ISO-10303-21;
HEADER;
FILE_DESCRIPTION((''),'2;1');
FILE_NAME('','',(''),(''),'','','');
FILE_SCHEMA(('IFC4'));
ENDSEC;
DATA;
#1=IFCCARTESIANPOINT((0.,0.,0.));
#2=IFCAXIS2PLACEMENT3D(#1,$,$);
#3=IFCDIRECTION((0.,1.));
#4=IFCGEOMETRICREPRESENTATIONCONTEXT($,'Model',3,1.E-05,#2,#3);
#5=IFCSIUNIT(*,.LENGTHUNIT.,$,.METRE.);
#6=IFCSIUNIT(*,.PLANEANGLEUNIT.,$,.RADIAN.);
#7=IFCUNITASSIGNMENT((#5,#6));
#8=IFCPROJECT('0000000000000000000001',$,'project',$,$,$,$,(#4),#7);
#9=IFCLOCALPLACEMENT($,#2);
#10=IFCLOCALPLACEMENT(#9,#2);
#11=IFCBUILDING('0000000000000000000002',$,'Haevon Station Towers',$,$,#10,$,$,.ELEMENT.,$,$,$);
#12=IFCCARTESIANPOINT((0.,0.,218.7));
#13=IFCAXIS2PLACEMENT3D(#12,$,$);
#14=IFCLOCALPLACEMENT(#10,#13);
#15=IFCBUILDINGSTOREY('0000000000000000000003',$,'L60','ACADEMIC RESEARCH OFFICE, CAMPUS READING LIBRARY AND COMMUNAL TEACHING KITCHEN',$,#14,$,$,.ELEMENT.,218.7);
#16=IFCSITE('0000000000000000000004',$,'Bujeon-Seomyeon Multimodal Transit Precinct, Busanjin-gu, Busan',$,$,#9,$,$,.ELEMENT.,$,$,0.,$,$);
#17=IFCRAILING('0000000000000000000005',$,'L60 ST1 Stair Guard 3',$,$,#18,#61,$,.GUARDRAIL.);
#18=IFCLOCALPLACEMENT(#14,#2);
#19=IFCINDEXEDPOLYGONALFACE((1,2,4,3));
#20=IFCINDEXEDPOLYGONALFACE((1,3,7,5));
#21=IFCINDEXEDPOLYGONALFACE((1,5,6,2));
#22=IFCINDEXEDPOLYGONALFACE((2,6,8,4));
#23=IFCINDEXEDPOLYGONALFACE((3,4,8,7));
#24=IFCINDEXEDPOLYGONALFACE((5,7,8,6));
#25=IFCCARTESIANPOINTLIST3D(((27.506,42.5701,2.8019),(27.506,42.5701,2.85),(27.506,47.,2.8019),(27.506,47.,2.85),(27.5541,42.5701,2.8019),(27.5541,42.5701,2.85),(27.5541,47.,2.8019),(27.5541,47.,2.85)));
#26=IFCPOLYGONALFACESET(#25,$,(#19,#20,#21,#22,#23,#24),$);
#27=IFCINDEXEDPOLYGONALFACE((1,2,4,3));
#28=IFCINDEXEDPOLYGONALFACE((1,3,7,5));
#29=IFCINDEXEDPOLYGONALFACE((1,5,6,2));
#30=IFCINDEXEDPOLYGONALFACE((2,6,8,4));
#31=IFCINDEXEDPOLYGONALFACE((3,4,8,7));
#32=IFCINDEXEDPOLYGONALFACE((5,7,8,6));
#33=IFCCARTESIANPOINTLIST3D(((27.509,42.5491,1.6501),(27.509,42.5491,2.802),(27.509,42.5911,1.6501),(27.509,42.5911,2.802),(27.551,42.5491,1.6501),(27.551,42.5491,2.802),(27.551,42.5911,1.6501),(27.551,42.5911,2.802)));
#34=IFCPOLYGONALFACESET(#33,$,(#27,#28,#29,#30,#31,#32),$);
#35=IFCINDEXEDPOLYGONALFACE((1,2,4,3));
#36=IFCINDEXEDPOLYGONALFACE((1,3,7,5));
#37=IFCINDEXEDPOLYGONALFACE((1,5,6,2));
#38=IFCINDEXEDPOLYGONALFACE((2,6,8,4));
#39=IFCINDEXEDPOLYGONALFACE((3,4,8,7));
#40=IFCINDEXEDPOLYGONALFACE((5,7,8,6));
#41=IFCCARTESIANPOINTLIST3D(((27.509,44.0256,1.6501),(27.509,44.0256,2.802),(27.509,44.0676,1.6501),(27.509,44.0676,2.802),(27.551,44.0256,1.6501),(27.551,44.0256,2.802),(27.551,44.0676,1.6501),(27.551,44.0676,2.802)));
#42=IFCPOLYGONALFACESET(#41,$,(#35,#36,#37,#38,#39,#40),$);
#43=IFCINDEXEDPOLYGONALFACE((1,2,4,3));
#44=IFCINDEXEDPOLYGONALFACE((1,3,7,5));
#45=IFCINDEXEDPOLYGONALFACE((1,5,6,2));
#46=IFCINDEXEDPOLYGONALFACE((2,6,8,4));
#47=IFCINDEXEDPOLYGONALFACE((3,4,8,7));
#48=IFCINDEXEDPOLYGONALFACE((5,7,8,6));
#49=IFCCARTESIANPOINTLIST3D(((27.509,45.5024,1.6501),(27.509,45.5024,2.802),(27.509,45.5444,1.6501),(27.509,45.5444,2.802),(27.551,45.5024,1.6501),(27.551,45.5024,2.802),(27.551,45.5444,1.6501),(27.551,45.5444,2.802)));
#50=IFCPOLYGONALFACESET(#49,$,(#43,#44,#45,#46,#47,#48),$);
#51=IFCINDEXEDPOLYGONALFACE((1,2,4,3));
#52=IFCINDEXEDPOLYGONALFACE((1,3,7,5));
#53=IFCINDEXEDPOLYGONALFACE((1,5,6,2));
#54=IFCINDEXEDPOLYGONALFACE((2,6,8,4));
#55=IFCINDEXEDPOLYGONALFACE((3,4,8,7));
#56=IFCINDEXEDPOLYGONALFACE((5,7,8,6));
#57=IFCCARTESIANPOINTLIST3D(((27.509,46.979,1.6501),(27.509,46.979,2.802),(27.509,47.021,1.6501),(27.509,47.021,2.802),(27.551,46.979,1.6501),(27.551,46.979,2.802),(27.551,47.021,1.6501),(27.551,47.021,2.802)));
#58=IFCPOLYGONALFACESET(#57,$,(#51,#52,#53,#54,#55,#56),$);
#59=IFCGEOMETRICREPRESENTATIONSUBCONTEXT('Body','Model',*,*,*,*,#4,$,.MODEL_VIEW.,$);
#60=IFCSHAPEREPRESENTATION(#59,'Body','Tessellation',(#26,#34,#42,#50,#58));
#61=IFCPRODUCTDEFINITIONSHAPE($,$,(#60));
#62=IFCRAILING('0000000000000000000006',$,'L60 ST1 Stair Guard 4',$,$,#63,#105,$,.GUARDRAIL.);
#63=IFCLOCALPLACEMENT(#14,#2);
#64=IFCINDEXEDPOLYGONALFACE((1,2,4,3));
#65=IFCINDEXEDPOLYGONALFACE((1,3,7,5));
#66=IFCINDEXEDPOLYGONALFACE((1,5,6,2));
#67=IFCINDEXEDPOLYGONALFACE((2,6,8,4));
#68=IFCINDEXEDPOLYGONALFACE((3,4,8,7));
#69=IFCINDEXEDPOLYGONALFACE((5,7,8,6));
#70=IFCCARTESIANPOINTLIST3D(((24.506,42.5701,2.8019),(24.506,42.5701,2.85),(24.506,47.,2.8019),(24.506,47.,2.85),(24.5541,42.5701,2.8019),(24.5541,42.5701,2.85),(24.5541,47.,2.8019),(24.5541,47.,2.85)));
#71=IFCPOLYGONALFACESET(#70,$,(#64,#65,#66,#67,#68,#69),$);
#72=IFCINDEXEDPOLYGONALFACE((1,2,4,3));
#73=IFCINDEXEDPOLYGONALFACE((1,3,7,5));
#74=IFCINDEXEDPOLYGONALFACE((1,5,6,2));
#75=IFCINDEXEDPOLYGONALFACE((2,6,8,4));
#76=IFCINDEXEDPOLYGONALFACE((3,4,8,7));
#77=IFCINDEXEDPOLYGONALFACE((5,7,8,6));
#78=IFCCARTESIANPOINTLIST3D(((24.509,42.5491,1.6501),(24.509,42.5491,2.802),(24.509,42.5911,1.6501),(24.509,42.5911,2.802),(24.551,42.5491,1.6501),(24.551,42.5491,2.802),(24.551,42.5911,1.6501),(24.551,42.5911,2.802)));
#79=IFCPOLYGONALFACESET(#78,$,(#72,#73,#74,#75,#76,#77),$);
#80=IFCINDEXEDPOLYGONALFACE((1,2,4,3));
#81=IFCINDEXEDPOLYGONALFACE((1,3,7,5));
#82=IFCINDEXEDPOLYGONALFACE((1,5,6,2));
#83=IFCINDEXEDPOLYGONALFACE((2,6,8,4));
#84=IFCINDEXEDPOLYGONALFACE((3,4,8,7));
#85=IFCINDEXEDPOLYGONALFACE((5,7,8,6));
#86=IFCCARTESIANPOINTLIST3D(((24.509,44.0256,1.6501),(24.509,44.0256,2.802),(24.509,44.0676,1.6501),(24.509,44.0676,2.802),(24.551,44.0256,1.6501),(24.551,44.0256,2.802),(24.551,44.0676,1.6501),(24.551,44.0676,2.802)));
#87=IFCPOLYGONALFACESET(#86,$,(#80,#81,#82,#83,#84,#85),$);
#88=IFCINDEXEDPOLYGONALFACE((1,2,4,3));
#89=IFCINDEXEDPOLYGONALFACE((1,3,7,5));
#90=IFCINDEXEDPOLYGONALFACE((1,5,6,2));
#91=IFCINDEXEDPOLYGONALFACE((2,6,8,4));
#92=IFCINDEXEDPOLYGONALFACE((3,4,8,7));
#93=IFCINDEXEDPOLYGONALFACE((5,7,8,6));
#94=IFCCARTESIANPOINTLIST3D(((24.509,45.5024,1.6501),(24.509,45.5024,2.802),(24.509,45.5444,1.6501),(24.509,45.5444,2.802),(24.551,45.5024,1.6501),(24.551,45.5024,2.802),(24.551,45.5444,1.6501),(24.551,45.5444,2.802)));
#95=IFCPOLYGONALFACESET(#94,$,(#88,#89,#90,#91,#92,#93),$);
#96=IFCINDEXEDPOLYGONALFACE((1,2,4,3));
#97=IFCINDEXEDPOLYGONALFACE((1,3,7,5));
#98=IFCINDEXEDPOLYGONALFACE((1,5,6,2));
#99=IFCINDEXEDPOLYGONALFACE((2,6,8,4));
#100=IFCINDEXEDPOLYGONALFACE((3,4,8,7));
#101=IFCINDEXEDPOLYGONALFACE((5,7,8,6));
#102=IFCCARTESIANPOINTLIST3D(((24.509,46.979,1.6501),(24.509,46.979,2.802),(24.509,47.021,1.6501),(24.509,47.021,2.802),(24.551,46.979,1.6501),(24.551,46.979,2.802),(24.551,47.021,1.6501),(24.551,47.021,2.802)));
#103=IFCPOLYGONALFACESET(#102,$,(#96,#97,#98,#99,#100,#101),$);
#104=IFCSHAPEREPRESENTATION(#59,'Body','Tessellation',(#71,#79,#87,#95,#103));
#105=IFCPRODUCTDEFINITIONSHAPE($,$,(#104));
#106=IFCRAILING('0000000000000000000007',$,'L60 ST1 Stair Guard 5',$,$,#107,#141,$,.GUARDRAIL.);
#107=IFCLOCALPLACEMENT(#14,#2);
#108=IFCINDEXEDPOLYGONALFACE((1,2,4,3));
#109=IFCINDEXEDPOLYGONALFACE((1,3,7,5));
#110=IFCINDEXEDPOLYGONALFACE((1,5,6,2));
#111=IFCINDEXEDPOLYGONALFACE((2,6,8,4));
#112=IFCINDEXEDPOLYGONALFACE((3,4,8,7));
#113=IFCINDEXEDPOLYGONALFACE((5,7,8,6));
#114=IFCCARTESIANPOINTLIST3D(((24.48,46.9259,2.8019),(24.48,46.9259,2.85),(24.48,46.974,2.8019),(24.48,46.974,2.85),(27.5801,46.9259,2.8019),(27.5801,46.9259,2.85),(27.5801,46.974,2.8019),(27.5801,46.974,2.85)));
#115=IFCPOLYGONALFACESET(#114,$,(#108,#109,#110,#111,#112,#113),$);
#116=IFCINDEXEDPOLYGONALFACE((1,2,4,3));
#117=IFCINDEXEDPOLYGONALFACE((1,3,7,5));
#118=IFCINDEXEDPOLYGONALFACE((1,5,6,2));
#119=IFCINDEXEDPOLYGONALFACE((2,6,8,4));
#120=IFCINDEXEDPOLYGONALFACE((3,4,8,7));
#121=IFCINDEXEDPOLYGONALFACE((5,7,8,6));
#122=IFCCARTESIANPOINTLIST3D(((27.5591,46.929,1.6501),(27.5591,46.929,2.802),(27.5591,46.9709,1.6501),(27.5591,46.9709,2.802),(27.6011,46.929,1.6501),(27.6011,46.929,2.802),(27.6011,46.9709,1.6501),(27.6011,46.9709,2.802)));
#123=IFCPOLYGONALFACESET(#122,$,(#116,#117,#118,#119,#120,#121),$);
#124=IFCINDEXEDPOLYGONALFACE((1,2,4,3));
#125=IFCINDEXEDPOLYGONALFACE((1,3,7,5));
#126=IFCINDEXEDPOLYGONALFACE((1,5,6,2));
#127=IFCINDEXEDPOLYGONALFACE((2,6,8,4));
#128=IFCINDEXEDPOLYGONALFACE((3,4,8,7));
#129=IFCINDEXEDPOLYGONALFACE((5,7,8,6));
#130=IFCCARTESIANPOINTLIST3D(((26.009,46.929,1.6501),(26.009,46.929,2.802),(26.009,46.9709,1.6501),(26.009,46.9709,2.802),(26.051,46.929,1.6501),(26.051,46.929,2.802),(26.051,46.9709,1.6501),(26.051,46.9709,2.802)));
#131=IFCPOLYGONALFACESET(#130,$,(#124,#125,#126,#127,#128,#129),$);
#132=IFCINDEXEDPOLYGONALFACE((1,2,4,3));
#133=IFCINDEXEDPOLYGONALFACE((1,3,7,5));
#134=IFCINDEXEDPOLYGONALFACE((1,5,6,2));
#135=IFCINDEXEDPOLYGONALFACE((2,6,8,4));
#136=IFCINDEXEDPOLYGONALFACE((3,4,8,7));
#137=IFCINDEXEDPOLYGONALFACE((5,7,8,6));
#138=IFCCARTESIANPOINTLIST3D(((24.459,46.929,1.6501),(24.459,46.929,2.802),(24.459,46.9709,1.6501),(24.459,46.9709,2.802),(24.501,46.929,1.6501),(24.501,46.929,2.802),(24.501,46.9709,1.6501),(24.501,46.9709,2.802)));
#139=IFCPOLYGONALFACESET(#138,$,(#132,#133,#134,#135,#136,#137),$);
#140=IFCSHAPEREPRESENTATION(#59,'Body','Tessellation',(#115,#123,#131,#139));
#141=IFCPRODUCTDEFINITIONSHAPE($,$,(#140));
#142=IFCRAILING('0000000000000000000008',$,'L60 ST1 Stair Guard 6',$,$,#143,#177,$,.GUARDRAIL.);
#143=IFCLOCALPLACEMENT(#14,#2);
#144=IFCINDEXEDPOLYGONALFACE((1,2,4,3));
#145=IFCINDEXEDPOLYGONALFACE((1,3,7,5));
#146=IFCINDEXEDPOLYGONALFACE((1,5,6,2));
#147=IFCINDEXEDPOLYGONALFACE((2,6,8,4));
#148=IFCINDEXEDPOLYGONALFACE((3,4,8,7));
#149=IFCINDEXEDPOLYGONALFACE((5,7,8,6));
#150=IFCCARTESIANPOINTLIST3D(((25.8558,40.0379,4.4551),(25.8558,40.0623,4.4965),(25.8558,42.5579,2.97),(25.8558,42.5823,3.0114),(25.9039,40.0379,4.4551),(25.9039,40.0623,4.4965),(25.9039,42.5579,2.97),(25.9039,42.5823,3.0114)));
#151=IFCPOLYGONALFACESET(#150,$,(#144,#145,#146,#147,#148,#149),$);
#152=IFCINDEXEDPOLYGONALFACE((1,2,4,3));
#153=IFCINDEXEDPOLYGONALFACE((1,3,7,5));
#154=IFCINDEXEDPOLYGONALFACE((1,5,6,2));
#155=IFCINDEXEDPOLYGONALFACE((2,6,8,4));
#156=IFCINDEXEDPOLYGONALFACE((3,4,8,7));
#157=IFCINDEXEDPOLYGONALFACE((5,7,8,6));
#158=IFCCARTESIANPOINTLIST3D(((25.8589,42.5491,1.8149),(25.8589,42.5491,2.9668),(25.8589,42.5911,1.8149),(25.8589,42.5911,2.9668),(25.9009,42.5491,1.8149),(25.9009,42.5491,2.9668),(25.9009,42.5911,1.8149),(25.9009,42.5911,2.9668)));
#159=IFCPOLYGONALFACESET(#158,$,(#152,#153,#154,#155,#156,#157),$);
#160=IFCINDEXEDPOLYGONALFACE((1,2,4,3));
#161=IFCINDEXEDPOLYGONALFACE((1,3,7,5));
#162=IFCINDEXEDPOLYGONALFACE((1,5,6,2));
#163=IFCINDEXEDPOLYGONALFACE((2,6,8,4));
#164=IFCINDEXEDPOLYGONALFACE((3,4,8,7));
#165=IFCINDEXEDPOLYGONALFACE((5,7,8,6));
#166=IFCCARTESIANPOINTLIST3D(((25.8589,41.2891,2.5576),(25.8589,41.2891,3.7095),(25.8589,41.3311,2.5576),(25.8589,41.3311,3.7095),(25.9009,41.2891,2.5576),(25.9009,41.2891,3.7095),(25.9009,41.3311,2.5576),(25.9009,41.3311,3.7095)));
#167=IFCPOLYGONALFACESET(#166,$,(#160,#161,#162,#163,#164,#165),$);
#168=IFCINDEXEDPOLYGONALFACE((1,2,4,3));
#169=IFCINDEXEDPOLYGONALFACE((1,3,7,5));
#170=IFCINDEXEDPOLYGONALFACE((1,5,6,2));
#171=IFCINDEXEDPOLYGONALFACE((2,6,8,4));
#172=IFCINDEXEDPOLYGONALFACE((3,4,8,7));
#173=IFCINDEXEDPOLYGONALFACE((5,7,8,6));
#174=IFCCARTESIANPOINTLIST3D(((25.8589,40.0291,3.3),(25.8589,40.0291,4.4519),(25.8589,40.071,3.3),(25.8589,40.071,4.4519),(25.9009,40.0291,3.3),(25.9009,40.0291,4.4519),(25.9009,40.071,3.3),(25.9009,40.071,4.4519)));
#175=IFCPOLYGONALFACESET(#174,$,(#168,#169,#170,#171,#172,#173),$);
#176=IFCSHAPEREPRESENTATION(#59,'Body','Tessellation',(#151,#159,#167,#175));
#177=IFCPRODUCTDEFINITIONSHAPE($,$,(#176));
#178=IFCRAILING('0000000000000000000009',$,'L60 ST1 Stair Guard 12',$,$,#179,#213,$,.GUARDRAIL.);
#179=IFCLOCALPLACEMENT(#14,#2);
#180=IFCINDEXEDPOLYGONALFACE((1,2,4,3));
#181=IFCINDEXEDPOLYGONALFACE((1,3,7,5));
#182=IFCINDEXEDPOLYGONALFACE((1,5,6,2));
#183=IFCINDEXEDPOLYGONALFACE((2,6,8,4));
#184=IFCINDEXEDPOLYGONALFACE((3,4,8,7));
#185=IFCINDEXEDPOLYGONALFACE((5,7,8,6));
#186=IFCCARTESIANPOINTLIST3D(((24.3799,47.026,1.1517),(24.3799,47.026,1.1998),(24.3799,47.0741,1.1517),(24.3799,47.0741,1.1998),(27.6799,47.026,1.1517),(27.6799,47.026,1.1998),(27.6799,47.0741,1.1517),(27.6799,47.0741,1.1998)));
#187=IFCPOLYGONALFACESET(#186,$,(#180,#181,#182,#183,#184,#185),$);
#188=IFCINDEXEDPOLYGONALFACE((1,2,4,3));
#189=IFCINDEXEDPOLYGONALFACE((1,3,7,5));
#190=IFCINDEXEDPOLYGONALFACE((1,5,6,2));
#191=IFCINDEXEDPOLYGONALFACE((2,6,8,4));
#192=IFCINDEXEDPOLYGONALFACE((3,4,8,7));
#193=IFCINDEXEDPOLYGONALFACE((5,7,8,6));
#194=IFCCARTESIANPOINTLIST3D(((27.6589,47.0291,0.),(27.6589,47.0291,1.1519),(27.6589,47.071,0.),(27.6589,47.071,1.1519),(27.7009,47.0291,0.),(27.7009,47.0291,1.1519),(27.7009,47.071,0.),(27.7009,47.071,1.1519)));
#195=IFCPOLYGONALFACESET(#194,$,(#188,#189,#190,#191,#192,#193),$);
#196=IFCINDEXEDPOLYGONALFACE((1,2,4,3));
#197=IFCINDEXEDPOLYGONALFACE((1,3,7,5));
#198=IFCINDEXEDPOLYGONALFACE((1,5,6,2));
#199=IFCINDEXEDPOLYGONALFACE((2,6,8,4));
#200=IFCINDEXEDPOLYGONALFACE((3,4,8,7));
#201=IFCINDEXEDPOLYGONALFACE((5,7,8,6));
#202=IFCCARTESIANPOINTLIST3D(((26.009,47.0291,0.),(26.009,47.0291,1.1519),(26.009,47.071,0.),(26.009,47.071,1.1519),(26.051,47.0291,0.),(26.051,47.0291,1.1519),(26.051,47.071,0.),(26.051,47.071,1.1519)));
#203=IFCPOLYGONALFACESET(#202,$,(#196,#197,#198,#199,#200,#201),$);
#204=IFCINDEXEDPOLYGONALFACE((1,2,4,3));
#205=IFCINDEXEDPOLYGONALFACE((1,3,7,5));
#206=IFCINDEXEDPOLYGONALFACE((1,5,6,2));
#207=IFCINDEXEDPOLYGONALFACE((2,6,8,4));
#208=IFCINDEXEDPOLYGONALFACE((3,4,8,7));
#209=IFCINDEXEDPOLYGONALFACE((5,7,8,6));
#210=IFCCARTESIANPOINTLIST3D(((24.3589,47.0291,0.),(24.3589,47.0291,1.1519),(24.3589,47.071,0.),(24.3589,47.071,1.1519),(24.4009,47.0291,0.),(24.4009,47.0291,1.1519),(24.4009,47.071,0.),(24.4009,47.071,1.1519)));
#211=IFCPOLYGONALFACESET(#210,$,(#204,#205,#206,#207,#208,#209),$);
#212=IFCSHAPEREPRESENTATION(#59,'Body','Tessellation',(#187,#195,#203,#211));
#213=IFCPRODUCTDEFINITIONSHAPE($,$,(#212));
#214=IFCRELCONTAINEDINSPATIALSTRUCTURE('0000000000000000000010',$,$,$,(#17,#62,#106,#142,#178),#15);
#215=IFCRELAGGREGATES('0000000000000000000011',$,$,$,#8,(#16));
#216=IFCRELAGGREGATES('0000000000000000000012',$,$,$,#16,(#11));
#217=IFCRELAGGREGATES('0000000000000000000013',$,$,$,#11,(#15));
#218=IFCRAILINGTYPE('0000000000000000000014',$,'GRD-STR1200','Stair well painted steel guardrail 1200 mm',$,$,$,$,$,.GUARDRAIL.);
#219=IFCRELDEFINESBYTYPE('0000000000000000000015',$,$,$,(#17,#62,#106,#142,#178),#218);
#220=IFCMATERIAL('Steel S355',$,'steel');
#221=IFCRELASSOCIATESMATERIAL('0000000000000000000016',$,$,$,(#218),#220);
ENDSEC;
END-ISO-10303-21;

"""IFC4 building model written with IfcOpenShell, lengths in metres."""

from ifc_helpers import new_model, si_unit, direction, frame, origin, origin_2d, place, context, subcontext, project, spatial, rectangle, extrude, material, type_object, element, save


model = new_model("IFC4")

# Units and contexts
model_context = context("Model", 3, precision=1e-05, world=origin(), true_north=direction((0.0, 1.0)))
body_context = subcontext(model_context, "Body", "Model", "MODEL_VIEW")
ifc_project = project(units=[si_unit("LENGTHUNIT", "METRE"), si_unit("PLANEANGLEUNIT", "RADIAN")], contexts=[model_context])

# Site, building, storey
site_placement = place(None, origin())
site = spatial("IfcSite", under=ifc_project, at=site_placement, Name="Bujeon-Seomyeon Multimodal Transit Precinct, Busanjin-gu, Busan", CompositionType="ELEMENT", RefElevation=0.0)
building_placement = place(site_placement, origin())
building = spatial("IfcBuilding", under=site, at=building_placement, Name="Haevon Station Towers", CompositionType="ELEMENT")
storey_placement = place(building_placement, frame((0.0, 0.0, 218.7)))
storey = spatial("IfcBuildingStorey", under=building, at=storey_placement, Name="L60", Description="ACADEMIC RESEARCH OFFICE, CAMPUS READING LIBRARY AND COMMUNAL TEACHING KITCHEN", CompositionType="ELEMENT", Elevation=218.7)

# Shared definitions
ifc_material_1 = material(Name="Steel S355", Category="steel")

# Railings
railing_type_1 = type_object("IfcRailingType", Name="GRD-STR1200", Description="Stair well painted steel guardrail 1200 mm", PredefinedType="GUARDRAIL", material=ifc_material_1)
for number, where, name in (
    (1, (27.53, 42.5701, 1.6501), "L60 ST1 Stair Guard 3"),
    (2, (24.53, 42.5701, 1.6501), "L60 ST1 Stair Guard 4"),
):
    element("IfcRailing", number, at=place(storey_placement, frame(where)), inside=storey, type_object=railing_type_1, Name=name, PredefinedType="GUARDRAIL", context=body_context, shape_type="SweptSolid", body=[
        extrude(rectangle(XDim=0.0481, YDim=0.0481, at=origin_2d()), frame((0.0, 0.0, 1.1758), z_axis=(0.0, 1.0, 0.0), x_axis=(-1.0, 0.0, 0.0)), (0.0, 0.0, 1.0), 4.4299),
        extrude(rectangle(XDim=0.042, YDim=0.042, at=origin_2d()), origin(), (0.0, 0.0, 1.0), 1.1519),
        extrude(rectangle(XDim=0.042, YDim=0.042, at=origin_2d()), frame((0.0, 1.4766, 0.0)), (0.0, 0.0, 1.0), 1.1519),
        extrude(rectangle(XDim=0.042, YDim=0.042, at=origin_2d()), frame((0.0, 2.9534, 0.0)), (0.0, 0.0, 1.0), 1.1519),
        extrude(rectangle(XDim=0.042, YDim=0.042, at=origin_2d()), frame((0.0, 4.4299, 0.0)), (0.0, 0.0, 1.0), 1.1519),
    ])
railing_1_placement = place(storey_placement, frame((27.5801, 46.95, 1.6501)))
element("IfcRailing", 3, at=railing_1_placement, inside=storey, type_object=railing_type_1, Name="L60 ST1 Stair Guard 5", PredefinedType="GUARDRAIL", context=body_context, shape_type="SweptSolid", body=[
    extrude(rectangle(XDim=0.0481, YDim=0.0481, at=origin_2d()), frame((0.0, 0.0, 1.1758), z_axis=(-1.0, 0.0, 0.0), x_axis=(0.0, -1.0, 0.0)), (0.0, 0.0, 1.0), 3.1001),
    extrude(rectangle(XDim=0.042, YDim=0.042, at=origin_2d()), origin(), (0.0, 0.0, 1.0), 1.1519),
    extrude(rectangle(XDim=0.042, YDim=0.042, at=origin_2d()), frame((-1.55, 0.0, 0.0)), (0.0, 0.0, 1.0), 1.1519),
    extrude(rectangle(XDim=0.042, YDim=0.042, at=origin_2d()), frame((-3.1001, 0.0, 0.0)), (0.0, 0.0, 1.0), 1.1519),
])
railing_2_placement = place(storey_placement, frame((25.8799, 42.5701, 1.8149)))
element("IfcRailing", 4, at=railing_2_placement, inside=storey, type_object=railing_type_1, Name="L60 ST1 Stair Guard 6", PredefinedType="GUARDRAIL", context=body_context, shape_type="SweptSolid", body=[
    extrude(rectangle(XDim=0.0481, YDim=0.0481, at=origin_2d()), frame((0.0, 0.0, 1.1758), z_axis=(0.0, -0.861524, 0.507717), x_axis=(1.0, 0.0, 0.0)), (0.0, 0.0, 1.0), 2.925),
    extrude(rectangle(XDim=0.042, YDim=0.042, at=origin_2d()), origin(), (0.0, 0.0, 1.0), 1.1519),
    extrude(rectangle(XDim=0.042, YDim=0.042, at=origin_2d()), frame((0.0, -1.26, 0.7427)), (0.0, 0.0, 1.0), 1.1519),
    extrude(rectangle(XDim=0.042, YDim=0.042, at=origin_2d()), frame((0.0, -2.52, 1.4851)), (0.0, 0.0, 1.0), 1.1519),
])
railing_3_placement = place(storey_placement, frame((27.6799, 47.05, 0.0)))
element("IfcRailing", 5, at=railing_3_placement, inside=storey, type_object=railing_type_1, Name="L60 ST1 Stair Guard 12", PredefinedType="GUARDRAIL", context=body_context, shape_type="SweptSolid", body=[
    extrude(rectangle(XDim=0.0481, YDim=0.0481, at=origin_2d()), frame((0.0, 0.0, 1.1758), z_axis=(-1.0, 0.0, 0.0), x_axis=(0.0, -1.0, 0.0)), (0.0, 0.0, 1.0), 3.3),
    extrude(rectangle(XDim=0.042, YDim=0.042, at=origin_2d()), origin(), (0.0, 0.0, 1.0), 1.1519),
    extrude(rectangle(XDim=0.042, YDim=0.042, at=origin_2d()), frame((-1.6499, 0.0, 0.0)), (0.0, 0.0, 1.0), 1.1519),
    extrude(rectangle(XDim=0.042, YDim=0.042, at=origin_2d()), frame((-3.3, 0.0, 0.0)), (0.0, 0.0, 1.0), 1.1519),
])

save(model, "model.ifc")
